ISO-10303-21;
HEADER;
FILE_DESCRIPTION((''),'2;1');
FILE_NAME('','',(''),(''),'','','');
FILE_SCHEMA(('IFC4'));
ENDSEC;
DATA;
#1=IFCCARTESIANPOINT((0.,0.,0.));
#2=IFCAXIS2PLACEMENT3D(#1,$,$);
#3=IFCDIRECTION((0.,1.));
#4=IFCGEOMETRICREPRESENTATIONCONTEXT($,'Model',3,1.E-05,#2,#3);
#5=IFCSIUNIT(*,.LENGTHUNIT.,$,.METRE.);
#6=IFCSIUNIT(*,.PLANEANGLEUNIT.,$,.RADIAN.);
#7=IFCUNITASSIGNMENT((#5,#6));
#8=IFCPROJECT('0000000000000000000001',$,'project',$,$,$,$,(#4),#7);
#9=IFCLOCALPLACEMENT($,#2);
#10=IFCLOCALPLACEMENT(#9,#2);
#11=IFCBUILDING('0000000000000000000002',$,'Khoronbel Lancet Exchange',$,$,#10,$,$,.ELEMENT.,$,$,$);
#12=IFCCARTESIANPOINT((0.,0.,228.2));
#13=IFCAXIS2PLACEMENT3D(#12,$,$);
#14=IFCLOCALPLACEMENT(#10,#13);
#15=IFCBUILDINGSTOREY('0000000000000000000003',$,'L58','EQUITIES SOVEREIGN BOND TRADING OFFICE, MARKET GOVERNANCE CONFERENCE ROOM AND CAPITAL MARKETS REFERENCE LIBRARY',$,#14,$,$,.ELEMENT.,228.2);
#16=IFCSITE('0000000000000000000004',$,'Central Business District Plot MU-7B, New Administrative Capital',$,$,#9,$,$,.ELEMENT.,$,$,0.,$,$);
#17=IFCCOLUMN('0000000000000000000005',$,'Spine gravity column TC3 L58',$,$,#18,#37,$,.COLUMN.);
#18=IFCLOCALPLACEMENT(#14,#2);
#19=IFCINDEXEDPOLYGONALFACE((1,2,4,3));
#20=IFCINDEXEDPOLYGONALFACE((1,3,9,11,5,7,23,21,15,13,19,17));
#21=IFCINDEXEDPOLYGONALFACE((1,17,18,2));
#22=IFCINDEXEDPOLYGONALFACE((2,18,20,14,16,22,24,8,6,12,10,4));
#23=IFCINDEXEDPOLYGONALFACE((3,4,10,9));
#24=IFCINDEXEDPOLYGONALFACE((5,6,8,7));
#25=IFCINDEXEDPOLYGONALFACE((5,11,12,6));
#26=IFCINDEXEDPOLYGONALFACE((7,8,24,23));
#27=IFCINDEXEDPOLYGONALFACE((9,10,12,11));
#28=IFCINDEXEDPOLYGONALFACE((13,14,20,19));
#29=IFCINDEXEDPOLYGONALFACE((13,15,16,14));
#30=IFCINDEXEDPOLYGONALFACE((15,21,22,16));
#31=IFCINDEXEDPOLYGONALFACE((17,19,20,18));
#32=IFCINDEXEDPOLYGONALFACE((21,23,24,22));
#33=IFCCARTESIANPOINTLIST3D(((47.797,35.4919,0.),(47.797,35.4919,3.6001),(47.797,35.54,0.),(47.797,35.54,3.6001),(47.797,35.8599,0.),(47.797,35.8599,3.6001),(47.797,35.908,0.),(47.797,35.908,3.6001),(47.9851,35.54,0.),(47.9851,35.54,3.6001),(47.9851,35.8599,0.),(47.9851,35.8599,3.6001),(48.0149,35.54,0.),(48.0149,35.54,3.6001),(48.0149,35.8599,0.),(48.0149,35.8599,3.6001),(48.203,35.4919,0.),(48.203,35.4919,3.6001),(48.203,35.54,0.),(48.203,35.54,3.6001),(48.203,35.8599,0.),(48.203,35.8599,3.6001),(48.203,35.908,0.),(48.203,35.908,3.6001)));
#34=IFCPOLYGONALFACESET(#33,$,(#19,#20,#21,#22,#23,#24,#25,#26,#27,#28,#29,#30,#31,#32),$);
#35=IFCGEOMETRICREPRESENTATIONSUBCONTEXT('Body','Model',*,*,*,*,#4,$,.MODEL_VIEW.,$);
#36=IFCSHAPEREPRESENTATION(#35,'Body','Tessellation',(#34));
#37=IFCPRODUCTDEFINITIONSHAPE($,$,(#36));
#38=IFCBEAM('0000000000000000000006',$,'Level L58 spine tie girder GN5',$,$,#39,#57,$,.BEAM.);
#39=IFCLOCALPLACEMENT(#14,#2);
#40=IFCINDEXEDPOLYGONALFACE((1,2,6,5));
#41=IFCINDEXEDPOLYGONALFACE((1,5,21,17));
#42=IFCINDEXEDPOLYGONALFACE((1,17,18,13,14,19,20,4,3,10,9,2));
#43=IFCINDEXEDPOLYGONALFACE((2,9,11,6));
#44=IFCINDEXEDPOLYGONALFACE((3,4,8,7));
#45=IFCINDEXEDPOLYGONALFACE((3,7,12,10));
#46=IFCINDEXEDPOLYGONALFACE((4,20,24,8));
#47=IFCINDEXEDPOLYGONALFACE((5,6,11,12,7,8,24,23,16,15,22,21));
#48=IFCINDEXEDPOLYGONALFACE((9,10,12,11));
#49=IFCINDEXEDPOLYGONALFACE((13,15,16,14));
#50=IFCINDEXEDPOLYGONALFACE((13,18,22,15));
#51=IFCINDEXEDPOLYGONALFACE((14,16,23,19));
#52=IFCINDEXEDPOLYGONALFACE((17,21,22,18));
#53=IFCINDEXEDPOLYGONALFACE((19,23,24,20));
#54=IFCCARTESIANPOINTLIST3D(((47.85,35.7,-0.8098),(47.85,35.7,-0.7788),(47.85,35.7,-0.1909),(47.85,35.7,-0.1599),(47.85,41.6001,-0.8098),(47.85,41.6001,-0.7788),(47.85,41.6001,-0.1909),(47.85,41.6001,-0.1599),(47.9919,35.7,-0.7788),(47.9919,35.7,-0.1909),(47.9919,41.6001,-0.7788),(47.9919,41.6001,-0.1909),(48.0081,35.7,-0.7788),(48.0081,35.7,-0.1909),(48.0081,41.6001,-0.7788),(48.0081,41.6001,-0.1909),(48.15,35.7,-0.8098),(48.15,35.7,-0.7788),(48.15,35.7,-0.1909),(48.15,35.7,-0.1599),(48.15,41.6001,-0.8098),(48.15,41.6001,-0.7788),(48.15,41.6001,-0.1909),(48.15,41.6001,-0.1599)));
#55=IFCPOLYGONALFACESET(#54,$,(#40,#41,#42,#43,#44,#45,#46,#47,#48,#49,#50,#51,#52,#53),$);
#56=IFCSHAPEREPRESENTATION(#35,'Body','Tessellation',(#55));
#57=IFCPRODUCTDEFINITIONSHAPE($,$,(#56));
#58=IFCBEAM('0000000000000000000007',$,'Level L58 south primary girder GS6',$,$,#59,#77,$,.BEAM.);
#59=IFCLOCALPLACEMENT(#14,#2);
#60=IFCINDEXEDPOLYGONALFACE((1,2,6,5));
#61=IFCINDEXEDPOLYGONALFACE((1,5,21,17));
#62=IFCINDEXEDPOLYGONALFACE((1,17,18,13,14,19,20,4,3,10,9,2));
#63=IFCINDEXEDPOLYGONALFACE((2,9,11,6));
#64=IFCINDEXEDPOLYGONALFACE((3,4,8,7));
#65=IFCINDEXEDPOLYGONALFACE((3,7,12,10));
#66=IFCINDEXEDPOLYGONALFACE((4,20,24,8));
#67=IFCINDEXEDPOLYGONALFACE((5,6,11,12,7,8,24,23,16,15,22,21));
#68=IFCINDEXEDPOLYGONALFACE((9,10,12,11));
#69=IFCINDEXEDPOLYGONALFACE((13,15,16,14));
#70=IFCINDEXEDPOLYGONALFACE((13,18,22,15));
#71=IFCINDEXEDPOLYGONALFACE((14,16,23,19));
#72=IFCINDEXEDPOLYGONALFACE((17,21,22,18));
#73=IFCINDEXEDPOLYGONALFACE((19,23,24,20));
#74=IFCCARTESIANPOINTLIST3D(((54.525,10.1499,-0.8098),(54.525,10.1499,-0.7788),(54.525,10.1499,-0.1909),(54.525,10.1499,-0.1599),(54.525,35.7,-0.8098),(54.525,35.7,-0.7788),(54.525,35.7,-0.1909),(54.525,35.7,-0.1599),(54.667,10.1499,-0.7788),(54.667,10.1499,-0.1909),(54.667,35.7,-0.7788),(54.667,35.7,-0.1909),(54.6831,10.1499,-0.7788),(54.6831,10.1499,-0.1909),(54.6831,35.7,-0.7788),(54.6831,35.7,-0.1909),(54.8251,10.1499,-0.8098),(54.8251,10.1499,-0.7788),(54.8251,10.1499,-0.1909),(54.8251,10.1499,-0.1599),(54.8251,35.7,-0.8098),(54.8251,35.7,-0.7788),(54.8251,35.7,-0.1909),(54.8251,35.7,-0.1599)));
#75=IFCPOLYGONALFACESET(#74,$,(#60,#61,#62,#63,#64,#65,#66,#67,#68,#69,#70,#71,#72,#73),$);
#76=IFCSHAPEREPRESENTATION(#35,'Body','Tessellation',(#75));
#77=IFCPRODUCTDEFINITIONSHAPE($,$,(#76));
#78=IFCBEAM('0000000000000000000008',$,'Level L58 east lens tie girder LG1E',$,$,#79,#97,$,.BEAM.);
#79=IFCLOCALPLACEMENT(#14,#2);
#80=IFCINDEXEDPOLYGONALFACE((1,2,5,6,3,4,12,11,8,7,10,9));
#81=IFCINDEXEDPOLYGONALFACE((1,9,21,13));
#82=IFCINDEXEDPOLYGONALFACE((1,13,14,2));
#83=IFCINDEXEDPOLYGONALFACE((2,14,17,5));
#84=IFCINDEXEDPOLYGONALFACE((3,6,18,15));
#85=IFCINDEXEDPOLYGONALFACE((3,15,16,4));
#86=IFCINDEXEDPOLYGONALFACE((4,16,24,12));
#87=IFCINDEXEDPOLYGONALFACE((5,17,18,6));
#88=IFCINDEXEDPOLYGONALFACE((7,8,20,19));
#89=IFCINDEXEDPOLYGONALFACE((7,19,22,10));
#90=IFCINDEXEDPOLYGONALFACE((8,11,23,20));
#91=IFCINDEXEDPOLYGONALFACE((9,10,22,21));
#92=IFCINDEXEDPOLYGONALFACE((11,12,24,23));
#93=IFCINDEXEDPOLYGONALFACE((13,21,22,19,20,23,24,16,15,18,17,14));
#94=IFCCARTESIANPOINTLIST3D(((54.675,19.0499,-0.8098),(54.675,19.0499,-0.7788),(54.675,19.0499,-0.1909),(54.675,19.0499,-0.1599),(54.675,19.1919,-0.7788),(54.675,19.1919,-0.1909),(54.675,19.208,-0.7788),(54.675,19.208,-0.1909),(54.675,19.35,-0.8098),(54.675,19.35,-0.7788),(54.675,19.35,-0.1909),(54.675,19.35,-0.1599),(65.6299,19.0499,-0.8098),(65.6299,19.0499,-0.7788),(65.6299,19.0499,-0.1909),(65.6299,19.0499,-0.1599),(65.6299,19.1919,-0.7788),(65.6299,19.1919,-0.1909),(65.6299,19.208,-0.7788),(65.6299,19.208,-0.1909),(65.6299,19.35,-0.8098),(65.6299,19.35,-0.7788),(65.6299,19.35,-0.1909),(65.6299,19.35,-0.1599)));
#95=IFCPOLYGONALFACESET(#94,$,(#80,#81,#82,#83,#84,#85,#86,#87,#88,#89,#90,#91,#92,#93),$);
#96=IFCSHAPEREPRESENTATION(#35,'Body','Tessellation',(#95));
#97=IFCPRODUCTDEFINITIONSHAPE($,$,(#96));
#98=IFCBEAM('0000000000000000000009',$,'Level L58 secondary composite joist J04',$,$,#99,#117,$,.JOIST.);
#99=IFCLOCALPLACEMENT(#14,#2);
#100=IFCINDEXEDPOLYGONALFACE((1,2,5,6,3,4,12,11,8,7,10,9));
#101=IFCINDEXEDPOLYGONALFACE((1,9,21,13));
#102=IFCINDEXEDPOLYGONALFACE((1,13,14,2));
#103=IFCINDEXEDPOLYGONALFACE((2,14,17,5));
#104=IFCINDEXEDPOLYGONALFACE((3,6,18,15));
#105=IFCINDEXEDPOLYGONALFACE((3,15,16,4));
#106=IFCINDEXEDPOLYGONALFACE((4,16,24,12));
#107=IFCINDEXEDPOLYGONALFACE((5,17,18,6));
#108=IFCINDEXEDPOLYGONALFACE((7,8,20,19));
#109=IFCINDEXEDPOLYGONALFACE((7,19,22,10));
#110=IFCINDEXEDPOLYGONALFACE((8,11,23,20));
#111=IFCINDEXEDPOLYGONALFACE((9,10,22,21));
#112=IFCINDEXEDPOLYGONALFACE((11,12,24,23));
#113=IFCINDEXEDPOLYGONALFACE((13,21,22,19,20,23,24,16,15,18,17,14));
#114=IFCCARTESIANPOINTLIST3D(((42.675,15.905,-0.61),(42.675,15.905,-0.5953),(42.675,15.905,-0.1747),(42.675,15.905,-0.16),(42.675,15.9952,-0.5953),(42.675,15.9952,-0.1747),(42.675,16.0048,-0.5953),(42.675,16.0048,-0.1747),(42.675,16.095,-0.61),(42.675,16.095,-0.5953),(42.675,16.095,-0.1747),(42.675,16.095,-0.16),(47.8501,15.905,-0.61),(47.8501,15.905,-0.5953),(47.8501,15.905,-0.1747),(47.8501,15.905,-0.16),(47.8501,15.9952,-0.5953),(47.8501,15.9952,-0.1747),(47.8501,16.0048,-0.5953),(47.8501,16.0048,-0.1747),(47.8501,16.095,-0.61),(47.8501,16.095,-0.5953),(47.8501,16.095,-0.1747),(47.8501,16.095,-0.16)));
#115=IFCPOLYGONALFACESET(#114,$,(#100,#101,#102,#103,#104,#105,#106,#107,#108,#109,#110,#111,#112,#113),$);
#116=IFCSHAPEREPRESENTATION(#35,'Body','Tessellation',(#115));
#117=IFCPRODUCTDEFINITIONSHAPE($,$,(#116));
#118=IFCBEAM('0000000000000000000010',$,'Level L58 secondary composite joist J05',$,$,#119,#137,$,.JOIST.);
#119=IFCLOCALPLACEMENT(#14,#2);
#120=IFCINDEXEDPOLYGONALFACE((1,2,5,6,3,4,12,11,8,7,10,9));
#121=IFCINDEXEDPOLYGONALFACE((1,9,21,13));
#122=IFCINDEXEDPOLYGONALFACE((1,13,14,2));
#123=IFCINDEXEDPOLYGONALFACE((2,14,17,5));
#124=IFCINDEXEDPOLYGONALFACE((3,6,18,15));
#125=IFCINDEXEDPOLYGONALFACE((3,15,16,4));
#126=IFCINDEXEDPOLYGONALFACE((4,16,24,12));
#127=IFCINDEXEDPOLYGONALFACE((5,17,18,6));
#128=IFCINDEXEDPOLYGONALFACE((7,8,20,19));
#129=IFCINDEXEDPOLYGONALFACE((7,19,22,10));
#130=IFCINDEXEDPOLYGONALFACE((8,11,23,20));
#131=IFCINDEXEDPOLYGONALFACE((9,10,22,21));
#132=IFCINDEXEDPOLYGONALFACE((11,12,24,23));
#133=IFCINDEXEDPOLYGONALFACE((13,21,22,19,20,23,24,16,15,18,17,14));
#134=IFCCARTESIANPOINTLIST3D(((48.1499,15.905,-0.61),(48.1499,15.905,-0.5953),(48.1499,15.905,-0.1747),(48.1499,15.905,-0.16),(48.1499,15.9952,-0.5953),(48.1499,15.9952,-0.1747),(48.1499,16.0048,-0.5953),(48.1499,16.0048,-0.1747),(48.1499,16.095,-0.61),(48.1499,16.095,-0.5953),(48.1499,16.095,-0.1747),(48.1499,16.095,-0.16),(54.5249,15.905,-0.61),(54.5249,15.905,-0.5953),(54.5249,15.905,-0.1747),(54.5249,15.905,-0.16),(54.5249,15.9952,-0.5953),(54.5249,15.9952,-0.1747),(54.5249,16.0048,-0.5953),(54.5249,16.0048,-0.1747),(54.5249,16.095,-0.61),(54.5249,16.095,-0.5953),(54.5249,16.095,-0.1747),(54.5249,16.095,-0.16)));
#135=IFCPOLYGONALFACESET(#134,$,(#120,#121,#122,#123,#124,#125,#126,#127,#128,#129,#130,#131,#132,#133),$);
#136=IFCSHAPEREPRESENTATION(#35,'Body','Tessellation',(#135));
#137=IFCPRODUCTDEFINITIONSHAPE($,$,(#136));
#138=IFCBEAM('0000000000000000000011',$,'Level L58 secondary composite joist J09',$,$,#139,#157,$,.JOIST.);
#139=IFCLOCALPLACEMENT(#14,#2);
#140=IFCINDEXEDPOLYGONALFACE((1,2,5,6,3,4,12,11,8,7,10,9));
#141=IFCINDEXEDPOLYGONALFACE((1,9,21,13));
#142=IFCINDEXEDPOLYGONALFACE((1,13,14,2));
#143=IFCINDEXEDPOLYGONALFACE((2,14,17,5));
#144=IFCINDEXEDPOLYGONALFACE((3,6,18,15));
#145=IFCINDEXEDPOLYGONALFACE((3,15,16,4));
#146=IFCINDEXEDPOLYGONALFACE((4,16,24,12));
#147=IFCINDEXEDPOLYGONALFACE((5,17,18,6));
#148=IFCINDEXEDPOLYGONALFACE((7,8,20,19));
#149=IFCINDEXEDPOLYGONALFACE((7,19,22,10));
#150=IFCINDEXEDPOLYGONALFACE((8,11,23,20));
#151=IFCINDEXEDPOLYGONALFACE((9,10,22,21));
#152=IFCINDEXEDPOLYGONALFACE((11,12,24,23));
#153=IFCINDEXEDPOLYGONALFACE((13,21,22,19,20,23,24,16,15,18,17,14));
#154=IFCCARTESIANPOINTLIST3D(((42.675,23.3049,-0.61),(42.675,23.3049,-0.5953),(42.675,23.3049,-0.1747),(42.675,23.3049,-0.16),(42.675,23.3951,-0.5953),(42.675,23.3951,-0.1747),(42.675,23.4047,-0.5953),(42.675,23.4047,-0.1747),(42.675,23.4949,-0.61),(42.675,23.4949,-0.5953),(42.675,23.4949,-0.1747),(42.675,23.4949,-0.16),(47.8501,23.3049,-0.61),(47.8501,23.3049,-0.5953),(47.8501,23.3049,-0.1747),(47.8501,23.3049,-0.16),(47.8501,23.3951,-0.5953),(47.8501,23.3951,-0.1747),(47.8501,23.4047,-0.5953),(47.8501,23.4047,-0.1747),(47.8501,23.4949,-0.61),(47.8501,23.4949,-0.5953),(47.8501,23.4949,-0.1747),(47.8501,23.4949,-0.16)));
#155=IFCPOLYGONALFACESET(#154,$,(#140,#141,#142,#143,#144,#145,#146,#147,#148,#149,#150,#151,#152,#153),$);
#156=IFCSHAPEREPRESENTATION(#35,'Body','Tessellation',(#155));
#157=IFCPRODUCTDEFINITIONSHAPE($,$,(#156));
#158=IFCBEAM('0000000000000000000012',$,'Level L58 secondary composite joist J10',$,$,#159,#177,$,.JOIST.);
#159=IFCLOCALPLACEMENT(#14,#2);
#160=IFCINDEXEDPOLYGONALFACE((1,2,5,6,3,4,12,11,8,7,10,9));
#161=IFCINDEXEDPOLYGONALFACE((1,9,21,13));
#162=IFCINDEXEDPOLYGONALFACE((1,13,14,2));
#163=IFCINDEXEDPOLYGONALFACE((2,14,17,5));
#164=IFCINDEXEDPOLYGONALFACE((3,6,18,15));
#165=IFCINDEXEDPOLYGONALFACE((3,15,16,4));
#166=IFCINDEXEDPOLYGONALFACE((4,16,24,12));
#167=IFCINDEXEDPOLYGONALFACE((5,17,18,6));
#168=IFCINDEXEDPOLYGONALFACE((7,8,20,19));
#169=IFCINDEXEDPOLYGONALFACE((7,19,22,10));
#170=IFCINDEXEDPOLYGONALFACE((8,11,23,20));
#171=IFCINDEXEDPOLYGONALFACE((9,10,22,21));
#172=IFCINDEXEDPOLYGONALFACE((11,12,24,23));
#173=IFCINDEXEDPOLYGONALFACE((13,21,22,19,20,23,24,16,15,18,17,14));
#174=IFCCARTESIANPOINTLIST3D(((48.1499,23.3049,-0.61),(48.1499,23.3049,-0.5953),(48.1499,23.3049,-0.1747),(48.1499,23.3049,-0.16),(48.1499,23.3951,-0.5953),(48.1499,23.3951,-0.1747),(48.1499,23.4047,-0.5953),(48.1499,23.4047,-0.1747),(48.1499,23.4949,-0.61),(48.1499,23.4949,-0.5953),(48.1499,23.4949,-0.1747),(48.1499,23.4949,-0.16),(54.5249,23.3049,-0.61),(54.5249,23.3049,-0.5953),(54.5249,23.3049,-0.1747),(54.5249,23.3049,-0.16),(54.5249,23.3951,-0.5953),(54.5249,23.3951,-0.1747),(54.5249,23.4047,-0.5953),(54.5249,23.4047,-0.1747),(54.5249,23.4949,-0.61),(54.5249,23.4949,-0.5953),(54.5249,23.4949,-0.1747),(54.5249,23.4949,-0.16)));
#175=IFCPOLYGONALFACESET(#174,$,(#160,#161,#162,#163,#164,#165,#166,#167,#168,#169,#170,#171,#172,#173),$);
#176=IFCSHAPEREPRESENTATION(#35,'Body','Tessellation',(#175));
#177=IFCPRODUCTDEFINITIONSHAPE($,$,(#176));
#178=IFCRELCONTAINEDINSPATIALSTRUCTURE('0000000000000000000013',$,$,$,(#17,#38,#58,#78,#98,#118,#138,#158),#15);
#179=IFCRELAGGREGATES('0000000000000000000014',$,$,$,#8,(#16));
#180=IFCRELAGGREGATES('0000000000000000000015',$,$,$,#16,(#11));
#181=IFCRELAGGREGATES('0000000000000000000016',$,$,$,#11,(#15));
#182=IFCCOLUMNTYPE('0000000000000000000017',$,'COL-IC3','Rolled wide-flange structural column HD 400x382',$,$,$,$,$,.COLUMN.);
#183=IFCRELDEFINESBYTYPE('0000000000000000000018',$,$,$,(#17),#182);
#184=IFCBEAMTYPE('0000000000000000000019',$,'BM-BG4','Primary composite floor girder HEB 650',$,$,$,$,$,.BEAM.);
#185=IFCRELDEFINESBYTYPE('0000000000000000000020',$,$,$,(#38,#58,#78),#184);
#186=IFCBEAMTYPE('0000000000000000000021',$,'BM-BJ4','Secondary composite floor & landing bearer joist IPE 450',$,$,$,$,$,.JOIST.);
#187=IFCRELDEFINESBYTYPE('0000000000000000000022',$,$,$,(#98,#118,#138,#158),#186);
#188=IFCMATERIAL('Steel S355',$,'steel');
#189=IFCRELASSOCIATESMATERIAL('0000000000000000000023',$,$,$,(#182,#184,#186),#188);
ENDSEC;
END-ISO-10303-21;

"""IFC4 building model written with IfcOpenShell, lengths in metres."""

from ifc_helpers import new_model, si_unit, direction, frame, origin, origin_2d, place, context, subcontext, project, spatial, i_section, extrude, material, material_profile, profile_set, type_object, element, save


model = new_model("IFC4")

# Units and contexts
model_context = context("Model", 3, precision=1e-05, world=origin(), true_north=direction((0.0, 1.0)))
body_context = subcontext(model_context, "Body", "Model", "MODEL_VIEW")
ifc_project = project(units=[si_unit("LENGTHUNIT", "METRE"), si_unit("PLANEANGLEUNIT", "RADIAN")], contexts=[model_context])

# Site, building, storey
site_placement = place(None, origin())
site = spatial("IfcSite", under=ifc_project, at=site_placement, Name="Central Business District Plot MU-7B, New Administrative Capital", CompositionType="ELEMENT", RefElevation=0.0)
building_placement = place(site_placement, origin())
building = spatial("IfcBuilding", under=site, at=building_placement, Name="Khoronbel Lancet Exchange", CompositionType="ELEMENT")
storey_placement = place(building_placement, frame((0.0, 0.0, 228.2)))
storey = spatial("IfcBuildingStorey", under=building, at=storey_placement, Name="L58", Description="EQUITIES SOVEREIGN BOND TRADING OFFICE, MARKET GOVERNANCE CONFERENCE ROOM AND CAPITAL MARKETS REFERENCE LIBRARY", CompositionType="ELEMENT", Elevation=228.2)

# Column
ifc_material_1 = material(Name="Steel S355", Category="steel")
ifc_material_profile_1 = material_profile(ifc_material_1, i_section(OverallWidth=0.406, OverallDepth=0.416, WebThickness=0.0298, FlangeThickness=0.0481, at=origin_2d()), Name="HD 400x382")
ifc_profile_set_1 = profile_set([ifc_material_profile_1], Name="Steel S355")
column_type = type_object("IfcColumnType", Name="COL-IC3", Description="Rolled wide-flange structural column HD 400x382", PredefinedType="COLUMN", material=ifc_profile_set_1)
column_placement = place(storey_placement, frame((48.0, 35.7, 0.0), z_axis=(0.0, 0.0, 1.0), x_axis=(1.0, 0.0, 0.0)))
element("IfcColumn", 1, at=column_placement, inside=storey, type_object=column_type, Name="Spine gravity column TC3 L58", PredefinedType="COLUMN", context=body_context, shape_type="SweptSolid", body=[
    extrude(i_section(OverallWidth=0.406, OverallDepth=0.416, WebThickness=0.0298, FlangeThickness=0.0481, at=origin_2d()), origin(), (0.0, 0.0, 1.0), 3.6001),
])

# Beams
ifc_material_profile_2 = material_profile(ifc_material_1, i_section(OverallWidth=0.3, OverallDepth=0.6499, WebThickness=0.0161, FlangeThickness=0.031, at=origin_2d()), Name="HEB 650")
ifc_profile_set_2 = profile_set([ifc_material_profile_2], Name="Steel S355")
beam_type_1 = type_object("IfcBeamType", Name="BM-BG4", Description="Primary composite floor girder HEB 650", PredefinedType="BEAM", material=ifc_profile_set_2)
beam_1_placement = place(storey_placement, frame((48.0, 35.7, -0.4849), z_axis=(0.0, 1.0, 0.0), x_axis=(-1.0, 0.0, 0.0)))
element("IfcBeam", 2, at=beam_1_placement, inside=storey, type_object=beam_type_1, Name="Level L58 spine tie girder GN5", PredefinedType="BEAM", context=body_context, shape_type="SweptSolid", body=[
    extrude(i_section(OverallWidth=0.3, OverallDepth=0.6499, WebThickness=0.0161, FlangeThickness=0.031, at=origin_2d()), origin(), (0.0, 0.0, 1.0), 5.9001),
])
beam_2_placement = place(storey_placement, frame((54.675, 10.1499, -0.4849), z_axis=(0.0, 1.0, 0.0), x_axis=(-1.0, 0.0, 0.0)))
element("IfcBeam", 3, at=beam_2_placement, inside=storey, type_object=beam_type_1, Name="Level L58 south primary girder GS6", PredefinedType="BEAM", context=body_context, shape_type="SweptSolid", body=[
    extrude(i_section(OverallWidth=0.3, OverallDepth=0.6499, WebThickness=0.0161, FlangeThickness=0.031, at=origin_2d()), origin(), (0.0, 0.0, 1.0), 25.55),
])
beam_3_placement = place(storey_placement, frame((54.675, 19.2, -0.4849), z_axis=(1.0, 0.0, 0.0), x_axis=(0.0, 1.0, 0.0)))
element("IfcBeam", 4, at=beam_3_placement, inside=storey, type_object=beam_type_1, Name="Level L58 east lens tie girder LG1E", PredefinedType="BEAM", context=body_context, shape_type="SweptSolid", body=[
    extrude(i_section(OverallWidth=0.3, OverallDepth=0.6499, WebThickness=0.0161, FlangeThickness=0.031, at=origin_2d()), origin(), (0.0, 0.0, 1.0), 10.9548),
])
ifc_material_profile_3 = material_profile(ifc_material_1, i_section(OverallWidth=0.1899, OverallDepth=0.45, WebThickness=0.0095, FlangeThickness=0.0146, at=origin_2d()), Name="IPE 450")
ifc_profile_set_3 = profile_set([ifc_material_profile_3], Name="Steel S355")
beam_type_2 = type_object("IfcBeamType", Name="BM-BJ4", Description="Secondary composite floor & landing bearer joist IPE 450", PredefinedType="JOIST", material=ifc_profile_set_3)
beam_4_placement = place(storey_placement, frame((42.675, 16.0, -0.385), z_axis=(1.0, 0.0, 0.0), x_axis=(0.0, 1.0, 0.0)))
element("IfcBeam", 5, at=beam_4_placement, inside=storey, type_object=beam_type_2, Name="Level L58 secondary composite joist J04", PredefinedType="JOIST", context=body_context, shape_type="SweptSolid", body=[
    extrude(i_section(OverallWidth=0.1899, OverallDepth=0.45, WebThickness=0.0095, FlangeThickness=0.0146, at=origin_2d()), origin(), (0.0, 0.0, 1.0), 5.175),
])
beam_5_placement = place(storey_placement, frame((48.1499, 16.0, -0.385), z_axis=(1.0, 0.0, 0.0), x_axis=(0.0, 1.0, 0.0)))
element("IfcBeam", 6, at=beam_5_placement, inside=storey, type_object=beam_type_2, Name="Level L58 secondary composite joist J05", PredefinedType="JOIST", context=body_context, shape_type="SweptSolid", body=[
    extrude(i_section(OverallWidth=0.1899, OverallDepth=0.45, WebThickness=0.0095, FlangeThickness=0.0146, at=origin_2d()), origin(), (0.0, 0.0, 1.0), 6.375),
])
beam_6_placement = place(storey_placement, frame((42.675, 23.3999, -0.385), z_axis=(1.0, 0.0, 0.0), x_axis=(0.0, 1.0, 0.0)))
element("IfcBeam", 7, at=beam_6_placement, inside=storey, type_object=beam_type_2, Name="Level L58 secondary composite joist J09", PredefinedType="JOIST", context=body_context, shape_type="SweptSolid", body=[
    extrude(i_section(OverallWidth=0.1899, OverallDepth=0.45, WebThickness=0.0095, FlangeThickness=0.0146, at=origin_2d()), origin(), (0.0, 0.0, 1.0), 5.175),
])
beam_7_placement = place(storey_placement, frame((48.1499, 23.3999, -0.385), z_axis=(1.0, 0.0, 0.0), x_axis=(0.0, 1.0, 0.0)))
element("IfcBeam", 8, at=beam_7_placement, inside=storey, type_object=beam_type_2, Name="Level L58 secondary composite joist J10", PredefinedType="JOIST", context=body_context, shape_type="SweptSolid", body=[
    extrude(i_section(OverallWidth=0.1899, OverallDepth=0.45, WebThickness=0.0095, FlangeThickness=0.0146, at=origin_2d()), origin(), (0.0, 0.0, 1.0), 6.375),
])

save(model, "model.ifc")
